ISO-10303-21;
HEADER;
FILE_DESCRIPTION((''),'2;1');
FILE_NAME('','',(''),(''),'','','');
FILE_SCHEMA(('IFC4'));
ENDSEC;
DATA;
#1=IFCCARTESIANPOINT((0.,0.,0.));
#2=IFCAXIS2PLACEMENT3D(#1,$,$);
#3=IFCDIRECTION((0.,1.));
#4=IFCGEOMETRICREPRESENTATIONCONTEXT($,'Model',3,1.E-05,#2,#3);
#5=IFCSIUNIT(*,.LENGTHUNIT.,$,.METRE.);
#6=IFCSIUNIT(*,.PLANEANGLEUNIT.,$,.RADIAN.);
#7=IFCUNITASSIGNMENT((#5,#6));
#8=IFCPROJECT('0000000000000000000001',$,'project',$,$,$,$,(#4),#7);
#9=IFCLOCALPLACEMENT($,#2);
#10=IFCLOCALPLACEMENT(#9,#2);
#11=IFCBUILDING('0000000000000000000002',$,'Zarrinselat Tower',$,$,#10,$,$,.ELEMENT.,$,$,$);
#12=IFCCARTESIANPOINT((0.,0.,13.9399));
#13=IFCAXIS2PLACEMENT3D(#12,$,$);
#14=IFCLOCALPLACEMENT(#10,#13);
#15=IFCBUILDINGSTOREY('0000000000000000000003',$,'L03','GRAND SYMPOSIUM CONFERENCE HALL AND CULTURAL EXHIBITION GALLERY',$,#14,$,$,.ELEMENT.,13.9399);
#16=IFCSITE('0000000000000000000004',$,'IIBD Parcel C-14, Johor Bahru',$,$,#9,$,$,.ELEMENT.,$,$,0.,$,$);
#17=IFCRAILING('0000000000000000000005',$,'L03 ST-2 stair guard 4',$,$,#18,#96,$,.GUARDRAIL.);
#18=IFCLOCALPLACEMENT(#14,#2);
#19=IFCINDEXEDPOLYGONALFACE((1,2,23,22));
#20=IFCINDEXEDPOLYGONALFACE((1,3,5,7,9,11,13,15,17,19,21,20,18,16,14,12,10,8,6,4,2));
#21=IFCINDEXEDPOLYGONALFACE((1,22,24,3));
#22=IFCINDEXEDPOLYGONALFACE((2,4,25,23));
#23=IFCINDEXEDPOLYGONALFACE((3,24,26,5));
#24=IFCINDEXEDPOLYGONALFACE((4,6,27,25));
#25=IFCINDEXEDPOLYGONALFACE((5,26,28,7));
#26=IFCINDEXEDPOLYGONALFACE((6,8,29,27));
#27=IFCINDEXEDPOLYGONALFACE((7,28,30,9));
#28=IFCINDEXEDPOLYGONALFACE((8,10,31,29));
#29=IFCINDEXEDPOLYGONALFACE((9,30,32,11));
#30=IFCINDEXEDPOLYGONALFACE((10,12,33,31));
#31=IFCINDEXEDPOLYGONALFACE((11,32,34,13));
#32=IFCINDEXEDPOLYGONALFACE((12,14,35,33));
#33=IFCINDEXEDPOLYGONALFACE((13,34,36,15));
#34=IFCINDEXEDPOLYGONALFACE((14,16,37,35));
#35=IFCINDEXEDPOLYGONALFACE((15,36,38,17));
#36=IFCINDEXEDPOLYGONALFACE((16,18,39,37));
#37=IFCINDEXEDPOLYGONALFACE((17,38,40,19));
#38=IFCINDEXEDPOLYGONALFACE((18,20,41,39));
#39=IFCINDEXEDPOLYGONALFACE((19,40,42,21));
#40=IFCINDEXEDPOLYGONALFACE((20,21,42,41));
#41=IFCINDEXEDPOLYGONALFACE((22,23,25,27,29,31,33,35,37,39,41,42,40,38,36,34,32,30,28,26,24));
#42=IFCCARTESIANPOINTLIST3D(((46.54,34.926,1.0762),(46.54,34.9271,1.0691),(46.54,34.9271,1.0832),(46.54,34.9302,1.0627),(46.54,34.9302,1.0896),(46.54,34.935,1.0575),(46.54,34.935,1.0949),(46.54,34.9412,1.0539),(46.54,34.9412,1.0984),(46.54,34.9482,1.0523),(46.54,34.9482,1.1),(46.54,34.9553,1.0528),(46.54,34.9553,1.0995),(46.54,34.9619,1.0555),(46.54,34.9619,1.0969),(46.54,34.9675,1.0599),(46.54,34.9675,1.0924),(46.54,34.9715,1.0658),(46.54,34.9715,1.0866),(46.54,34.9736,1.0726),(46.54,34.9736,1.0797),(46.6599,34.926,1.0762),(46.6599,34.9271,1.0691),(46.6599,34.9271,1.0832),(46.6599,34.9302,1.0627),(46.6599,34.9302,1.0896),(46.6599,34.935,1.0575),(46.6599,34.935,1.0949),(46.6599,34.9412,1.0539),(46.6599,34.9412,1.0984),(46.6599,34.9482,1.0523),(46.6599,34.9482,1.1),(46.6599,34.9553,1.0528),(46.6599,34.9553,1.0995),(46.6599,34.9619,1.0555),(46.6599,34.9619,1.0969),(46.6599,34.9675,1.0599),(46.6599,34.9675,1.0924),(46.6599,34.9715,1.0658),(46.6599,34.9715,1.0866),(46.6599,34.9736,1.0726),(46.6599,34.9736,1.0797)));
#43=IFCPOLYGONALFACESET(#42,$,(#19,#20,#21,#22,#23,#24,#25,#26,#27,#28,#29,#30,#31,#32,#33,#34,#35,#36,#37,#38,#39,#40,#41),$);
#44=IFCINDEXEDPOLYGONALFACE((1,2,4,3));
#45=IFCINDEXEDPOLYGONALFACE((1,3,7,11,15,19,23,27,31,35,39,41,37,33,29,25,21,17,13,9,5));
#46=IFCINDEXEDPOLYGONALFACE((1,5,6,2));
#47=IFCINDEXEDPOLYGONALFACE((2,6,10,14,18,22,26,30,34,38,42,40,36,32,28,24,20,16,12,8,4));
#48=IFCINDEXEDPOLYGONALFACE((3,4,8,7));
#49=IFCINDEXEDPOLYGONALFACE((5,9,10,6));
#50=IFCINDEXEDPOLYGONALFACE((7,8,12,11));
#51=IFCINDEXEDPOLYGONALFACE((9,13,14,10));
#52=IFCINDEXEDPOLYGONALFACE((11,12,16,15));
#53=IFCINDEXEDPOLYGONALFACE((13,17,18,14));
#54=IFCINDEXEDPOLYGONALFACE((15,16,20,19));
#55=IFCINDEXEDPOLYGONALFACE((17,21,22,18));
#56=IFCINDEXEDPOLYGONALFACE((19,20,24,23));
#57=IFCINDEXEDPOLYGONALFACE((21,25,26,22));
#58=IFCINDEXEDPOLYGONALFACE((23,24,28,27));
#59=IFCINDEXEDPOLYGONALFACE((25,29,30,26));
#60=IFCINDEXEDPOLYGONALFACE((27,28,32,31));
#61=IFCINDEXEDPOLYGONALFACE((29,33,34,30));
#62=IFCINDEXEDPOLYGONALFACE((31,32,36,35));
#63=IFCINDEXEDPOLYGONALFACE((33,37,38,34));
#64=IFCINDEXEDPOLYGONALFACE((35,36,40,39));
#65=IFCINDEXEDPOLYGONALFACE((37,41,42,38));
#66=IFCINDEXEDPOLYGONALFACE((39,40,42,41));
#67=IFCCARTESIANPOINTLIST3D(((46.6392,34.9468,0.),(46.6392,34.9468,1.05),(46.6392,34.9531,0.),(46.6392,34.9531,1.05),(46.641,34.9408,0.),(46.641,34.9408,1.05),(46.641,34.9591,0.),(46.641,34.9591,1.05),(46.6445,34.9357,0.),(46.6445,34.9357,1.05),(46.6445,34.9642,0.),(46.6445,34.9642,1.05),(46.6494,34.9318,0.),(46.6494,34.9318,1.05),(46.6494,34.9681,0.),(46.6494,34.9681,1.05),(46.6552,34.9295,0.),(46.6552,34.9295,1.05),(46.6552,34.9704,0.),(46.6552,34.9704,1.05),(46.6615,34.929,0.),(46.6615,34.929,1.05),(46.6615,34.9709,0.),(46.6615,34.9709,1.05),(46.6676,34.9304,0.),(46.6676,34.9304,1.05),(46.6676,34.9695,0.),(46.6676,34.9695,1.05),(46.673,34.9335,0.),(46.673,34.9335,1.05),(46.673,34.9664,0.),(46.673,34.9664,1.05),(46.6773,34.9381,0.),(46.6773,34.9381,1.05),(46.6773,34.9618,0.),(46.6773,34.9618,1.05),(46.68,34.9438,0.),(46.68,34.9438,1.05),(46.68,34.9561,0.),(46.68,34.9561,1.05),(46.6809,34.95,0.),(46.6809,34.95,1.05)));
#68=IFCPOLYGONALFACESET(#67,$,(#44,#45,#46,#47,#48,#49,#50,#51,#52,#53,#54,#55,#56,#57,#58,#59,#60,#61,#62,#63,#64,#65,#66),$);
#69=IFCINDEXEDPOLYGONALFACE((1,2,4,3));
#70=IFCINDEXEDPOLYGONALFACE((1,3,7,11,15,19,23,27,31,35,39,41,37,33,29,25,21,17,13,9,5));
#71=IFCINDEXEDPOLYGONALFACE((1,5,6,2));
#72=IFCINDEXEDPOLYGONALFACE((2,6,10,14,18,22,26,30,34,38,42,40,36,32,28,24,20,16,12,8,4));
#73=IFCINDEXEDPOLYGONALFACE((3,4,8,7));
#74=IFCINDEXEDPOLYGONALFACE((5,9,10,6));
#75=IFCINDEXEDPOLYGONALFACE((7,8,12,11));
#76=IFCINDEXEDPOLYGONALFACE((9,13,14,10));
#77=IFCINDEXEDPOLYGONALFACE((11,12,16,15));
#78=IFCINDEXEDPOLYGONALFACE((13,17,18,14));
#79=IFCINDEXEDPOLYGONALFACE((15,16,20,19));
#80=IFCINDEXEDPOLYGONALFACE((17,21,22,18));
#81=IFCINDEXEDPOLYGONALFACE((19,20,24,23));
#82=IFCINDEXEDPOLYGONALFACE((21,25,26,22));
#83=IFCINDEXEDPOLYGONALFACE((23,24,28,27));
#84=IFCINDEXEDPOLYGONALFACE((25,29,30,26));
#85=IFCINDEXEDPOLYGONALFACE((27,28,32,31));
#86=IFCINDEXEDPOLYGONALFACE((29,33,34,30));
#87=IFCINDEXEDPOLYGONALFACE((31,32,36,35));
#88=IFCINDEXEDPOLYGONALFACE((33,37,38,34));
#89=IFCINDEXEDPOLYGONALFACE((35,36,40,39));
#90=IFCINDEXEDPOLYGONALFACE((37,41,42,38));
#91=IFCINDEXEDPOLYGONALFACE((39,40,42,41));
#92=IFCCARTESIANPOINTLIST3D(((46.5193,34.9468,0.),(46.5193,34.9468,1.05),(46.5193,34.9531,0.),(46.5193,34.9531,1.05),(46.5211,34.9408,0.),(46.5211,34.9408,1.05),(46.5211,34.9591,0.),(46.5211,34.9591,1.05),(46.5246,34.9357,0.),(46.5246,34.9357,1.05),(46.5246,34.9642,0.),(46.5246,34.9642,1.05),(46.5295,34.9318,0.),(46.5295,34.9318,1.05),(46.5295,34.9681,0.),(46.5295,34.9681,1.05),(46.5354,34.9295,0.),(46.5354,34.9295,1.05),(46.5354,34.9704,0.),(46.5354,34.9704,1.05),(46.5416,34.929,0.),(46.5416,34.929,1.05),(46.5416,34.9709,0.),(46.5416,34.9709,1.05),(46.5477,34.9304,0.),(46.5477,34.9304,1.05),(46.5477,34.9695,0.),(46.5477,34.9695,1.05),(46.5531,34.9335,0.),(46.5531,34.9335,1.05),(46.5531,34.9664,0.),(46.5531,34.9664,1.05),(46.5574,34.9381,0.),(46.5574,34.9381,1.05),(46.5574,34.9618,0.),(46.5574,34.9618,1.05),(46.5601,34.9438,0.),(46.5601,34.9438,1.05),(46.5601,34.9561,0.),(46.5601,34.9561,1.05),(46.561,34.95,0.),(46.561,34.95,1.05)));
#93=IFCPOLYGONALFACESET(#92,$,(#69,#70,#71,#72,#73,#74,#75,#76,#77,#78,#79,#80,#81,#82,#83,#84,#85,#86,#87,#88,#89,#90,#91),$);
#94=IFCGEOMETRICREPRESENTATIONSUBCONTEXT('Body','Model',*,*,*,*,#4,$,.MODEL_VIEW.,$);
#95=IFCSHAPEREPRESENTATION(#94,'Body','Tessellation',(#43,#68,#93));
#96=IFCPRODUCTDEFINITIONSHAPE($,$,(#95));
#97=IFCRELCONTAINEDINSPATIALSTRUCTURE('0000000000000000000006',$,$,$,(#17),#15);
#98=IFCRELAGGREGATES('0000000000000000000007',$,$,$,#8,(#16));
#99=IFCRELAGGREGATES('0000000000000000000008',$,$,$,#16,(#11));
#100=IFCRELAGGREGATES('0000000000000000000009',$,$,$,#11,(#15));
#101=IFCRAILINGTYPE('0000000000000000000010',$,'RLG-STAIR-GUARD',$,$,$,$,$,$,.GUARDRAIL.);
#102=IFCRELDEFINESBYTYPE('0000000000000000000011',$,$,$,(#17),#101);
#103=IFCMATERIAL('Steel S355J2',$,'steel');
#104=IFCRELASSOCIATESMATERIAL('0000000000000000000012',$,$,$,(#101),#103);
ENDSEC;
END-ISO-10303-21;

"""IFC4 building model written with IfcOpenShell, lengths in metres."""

from ifc_helpers import new_model, si_unit, direction, frame, origin, origin_2d, place, context, subcontext, project, spatial, circle, extrude, material, type_object, element, save


model = new_model("IFC4")

# Units and contexts
model_context = context("Model", 3, precision=1e-05, world=origin(), true_north=direction((0.0, 1.0)))
body_context = subcontext(model_context, "Body", "Model", "MODEL_VIEW")
ifc_project = project(units=[si_unit("LENGTHUNIT", "METRE"), si_unit("PLANEANGLEUNIT", "RADIAN")], contexts=[model_context])

# Site, building, storey
site_placement = place(None, origin())
site = spatial("IfcSite", under=ifc_project, at=site_placement, Name="IIBD Parcel C-14, Johor Bahru", CompositionType="ELEMENT", RefElevation=0.0)
building_placement = place(site_placement, origin())
building = spatial("IfcBuilding", under=site, at=building_placement, Name="Zarrinselat Tower", CompositionType="ELEMENT")
storey_placement = place(building_placement, frame((0.0, 0.0, 13.9399)))
storey = spatial("IfcBuildingStorey", under=building, at=storey_placement, Name="L03", Description="GRAND SYMPOSIUM CONFERENCE HALL AND CULTURAL EXHIBITION GALLERY", CompositionType="ELEMENT", Elevation=13.9399)

# Railing
ifc_material_1 = material(Name="Steel S355J2", Category="steel")
railing_type_1 = type_object("IfcRailingType", Name="RLG-STAIR-GUARD", PredefinedType="GUARDRAIL", material=ifc_material_1)
railing_1_placement = place(storey_placement, frame((46.6599, 34.95, 0.0)))
element("IfcRailing", 1, at=railing_1_placement, inside=storey, type_object=railing_type_1, Name="L03 ST-2 stair guard 4", PredefinedType="GUARDRAIL", context=body_context, shape_type="SweptSolid", body=[
    extrude(circle(Radius=0.0239, at=origin_2d()), frame((0.0, 0.0, 1.0762), z_axis=(-1.0, 0.0, 0.0), x_axis=(0.0, -1.0, 0.0)), (0.0, 0.0, 1.0), 0.1199),
    extrude(circle(Radius=0.021, at=origin_2d()), origin(), (0.0, 0.0, 1.0), 1.05),
    extrude(circle(Radius=0.021, at=origin_2d()), frame((-0.1199, 0.0, 0.0)), (0.0, 0.0, 1.0), 1.05),
])

save(model, "model.ifc")
